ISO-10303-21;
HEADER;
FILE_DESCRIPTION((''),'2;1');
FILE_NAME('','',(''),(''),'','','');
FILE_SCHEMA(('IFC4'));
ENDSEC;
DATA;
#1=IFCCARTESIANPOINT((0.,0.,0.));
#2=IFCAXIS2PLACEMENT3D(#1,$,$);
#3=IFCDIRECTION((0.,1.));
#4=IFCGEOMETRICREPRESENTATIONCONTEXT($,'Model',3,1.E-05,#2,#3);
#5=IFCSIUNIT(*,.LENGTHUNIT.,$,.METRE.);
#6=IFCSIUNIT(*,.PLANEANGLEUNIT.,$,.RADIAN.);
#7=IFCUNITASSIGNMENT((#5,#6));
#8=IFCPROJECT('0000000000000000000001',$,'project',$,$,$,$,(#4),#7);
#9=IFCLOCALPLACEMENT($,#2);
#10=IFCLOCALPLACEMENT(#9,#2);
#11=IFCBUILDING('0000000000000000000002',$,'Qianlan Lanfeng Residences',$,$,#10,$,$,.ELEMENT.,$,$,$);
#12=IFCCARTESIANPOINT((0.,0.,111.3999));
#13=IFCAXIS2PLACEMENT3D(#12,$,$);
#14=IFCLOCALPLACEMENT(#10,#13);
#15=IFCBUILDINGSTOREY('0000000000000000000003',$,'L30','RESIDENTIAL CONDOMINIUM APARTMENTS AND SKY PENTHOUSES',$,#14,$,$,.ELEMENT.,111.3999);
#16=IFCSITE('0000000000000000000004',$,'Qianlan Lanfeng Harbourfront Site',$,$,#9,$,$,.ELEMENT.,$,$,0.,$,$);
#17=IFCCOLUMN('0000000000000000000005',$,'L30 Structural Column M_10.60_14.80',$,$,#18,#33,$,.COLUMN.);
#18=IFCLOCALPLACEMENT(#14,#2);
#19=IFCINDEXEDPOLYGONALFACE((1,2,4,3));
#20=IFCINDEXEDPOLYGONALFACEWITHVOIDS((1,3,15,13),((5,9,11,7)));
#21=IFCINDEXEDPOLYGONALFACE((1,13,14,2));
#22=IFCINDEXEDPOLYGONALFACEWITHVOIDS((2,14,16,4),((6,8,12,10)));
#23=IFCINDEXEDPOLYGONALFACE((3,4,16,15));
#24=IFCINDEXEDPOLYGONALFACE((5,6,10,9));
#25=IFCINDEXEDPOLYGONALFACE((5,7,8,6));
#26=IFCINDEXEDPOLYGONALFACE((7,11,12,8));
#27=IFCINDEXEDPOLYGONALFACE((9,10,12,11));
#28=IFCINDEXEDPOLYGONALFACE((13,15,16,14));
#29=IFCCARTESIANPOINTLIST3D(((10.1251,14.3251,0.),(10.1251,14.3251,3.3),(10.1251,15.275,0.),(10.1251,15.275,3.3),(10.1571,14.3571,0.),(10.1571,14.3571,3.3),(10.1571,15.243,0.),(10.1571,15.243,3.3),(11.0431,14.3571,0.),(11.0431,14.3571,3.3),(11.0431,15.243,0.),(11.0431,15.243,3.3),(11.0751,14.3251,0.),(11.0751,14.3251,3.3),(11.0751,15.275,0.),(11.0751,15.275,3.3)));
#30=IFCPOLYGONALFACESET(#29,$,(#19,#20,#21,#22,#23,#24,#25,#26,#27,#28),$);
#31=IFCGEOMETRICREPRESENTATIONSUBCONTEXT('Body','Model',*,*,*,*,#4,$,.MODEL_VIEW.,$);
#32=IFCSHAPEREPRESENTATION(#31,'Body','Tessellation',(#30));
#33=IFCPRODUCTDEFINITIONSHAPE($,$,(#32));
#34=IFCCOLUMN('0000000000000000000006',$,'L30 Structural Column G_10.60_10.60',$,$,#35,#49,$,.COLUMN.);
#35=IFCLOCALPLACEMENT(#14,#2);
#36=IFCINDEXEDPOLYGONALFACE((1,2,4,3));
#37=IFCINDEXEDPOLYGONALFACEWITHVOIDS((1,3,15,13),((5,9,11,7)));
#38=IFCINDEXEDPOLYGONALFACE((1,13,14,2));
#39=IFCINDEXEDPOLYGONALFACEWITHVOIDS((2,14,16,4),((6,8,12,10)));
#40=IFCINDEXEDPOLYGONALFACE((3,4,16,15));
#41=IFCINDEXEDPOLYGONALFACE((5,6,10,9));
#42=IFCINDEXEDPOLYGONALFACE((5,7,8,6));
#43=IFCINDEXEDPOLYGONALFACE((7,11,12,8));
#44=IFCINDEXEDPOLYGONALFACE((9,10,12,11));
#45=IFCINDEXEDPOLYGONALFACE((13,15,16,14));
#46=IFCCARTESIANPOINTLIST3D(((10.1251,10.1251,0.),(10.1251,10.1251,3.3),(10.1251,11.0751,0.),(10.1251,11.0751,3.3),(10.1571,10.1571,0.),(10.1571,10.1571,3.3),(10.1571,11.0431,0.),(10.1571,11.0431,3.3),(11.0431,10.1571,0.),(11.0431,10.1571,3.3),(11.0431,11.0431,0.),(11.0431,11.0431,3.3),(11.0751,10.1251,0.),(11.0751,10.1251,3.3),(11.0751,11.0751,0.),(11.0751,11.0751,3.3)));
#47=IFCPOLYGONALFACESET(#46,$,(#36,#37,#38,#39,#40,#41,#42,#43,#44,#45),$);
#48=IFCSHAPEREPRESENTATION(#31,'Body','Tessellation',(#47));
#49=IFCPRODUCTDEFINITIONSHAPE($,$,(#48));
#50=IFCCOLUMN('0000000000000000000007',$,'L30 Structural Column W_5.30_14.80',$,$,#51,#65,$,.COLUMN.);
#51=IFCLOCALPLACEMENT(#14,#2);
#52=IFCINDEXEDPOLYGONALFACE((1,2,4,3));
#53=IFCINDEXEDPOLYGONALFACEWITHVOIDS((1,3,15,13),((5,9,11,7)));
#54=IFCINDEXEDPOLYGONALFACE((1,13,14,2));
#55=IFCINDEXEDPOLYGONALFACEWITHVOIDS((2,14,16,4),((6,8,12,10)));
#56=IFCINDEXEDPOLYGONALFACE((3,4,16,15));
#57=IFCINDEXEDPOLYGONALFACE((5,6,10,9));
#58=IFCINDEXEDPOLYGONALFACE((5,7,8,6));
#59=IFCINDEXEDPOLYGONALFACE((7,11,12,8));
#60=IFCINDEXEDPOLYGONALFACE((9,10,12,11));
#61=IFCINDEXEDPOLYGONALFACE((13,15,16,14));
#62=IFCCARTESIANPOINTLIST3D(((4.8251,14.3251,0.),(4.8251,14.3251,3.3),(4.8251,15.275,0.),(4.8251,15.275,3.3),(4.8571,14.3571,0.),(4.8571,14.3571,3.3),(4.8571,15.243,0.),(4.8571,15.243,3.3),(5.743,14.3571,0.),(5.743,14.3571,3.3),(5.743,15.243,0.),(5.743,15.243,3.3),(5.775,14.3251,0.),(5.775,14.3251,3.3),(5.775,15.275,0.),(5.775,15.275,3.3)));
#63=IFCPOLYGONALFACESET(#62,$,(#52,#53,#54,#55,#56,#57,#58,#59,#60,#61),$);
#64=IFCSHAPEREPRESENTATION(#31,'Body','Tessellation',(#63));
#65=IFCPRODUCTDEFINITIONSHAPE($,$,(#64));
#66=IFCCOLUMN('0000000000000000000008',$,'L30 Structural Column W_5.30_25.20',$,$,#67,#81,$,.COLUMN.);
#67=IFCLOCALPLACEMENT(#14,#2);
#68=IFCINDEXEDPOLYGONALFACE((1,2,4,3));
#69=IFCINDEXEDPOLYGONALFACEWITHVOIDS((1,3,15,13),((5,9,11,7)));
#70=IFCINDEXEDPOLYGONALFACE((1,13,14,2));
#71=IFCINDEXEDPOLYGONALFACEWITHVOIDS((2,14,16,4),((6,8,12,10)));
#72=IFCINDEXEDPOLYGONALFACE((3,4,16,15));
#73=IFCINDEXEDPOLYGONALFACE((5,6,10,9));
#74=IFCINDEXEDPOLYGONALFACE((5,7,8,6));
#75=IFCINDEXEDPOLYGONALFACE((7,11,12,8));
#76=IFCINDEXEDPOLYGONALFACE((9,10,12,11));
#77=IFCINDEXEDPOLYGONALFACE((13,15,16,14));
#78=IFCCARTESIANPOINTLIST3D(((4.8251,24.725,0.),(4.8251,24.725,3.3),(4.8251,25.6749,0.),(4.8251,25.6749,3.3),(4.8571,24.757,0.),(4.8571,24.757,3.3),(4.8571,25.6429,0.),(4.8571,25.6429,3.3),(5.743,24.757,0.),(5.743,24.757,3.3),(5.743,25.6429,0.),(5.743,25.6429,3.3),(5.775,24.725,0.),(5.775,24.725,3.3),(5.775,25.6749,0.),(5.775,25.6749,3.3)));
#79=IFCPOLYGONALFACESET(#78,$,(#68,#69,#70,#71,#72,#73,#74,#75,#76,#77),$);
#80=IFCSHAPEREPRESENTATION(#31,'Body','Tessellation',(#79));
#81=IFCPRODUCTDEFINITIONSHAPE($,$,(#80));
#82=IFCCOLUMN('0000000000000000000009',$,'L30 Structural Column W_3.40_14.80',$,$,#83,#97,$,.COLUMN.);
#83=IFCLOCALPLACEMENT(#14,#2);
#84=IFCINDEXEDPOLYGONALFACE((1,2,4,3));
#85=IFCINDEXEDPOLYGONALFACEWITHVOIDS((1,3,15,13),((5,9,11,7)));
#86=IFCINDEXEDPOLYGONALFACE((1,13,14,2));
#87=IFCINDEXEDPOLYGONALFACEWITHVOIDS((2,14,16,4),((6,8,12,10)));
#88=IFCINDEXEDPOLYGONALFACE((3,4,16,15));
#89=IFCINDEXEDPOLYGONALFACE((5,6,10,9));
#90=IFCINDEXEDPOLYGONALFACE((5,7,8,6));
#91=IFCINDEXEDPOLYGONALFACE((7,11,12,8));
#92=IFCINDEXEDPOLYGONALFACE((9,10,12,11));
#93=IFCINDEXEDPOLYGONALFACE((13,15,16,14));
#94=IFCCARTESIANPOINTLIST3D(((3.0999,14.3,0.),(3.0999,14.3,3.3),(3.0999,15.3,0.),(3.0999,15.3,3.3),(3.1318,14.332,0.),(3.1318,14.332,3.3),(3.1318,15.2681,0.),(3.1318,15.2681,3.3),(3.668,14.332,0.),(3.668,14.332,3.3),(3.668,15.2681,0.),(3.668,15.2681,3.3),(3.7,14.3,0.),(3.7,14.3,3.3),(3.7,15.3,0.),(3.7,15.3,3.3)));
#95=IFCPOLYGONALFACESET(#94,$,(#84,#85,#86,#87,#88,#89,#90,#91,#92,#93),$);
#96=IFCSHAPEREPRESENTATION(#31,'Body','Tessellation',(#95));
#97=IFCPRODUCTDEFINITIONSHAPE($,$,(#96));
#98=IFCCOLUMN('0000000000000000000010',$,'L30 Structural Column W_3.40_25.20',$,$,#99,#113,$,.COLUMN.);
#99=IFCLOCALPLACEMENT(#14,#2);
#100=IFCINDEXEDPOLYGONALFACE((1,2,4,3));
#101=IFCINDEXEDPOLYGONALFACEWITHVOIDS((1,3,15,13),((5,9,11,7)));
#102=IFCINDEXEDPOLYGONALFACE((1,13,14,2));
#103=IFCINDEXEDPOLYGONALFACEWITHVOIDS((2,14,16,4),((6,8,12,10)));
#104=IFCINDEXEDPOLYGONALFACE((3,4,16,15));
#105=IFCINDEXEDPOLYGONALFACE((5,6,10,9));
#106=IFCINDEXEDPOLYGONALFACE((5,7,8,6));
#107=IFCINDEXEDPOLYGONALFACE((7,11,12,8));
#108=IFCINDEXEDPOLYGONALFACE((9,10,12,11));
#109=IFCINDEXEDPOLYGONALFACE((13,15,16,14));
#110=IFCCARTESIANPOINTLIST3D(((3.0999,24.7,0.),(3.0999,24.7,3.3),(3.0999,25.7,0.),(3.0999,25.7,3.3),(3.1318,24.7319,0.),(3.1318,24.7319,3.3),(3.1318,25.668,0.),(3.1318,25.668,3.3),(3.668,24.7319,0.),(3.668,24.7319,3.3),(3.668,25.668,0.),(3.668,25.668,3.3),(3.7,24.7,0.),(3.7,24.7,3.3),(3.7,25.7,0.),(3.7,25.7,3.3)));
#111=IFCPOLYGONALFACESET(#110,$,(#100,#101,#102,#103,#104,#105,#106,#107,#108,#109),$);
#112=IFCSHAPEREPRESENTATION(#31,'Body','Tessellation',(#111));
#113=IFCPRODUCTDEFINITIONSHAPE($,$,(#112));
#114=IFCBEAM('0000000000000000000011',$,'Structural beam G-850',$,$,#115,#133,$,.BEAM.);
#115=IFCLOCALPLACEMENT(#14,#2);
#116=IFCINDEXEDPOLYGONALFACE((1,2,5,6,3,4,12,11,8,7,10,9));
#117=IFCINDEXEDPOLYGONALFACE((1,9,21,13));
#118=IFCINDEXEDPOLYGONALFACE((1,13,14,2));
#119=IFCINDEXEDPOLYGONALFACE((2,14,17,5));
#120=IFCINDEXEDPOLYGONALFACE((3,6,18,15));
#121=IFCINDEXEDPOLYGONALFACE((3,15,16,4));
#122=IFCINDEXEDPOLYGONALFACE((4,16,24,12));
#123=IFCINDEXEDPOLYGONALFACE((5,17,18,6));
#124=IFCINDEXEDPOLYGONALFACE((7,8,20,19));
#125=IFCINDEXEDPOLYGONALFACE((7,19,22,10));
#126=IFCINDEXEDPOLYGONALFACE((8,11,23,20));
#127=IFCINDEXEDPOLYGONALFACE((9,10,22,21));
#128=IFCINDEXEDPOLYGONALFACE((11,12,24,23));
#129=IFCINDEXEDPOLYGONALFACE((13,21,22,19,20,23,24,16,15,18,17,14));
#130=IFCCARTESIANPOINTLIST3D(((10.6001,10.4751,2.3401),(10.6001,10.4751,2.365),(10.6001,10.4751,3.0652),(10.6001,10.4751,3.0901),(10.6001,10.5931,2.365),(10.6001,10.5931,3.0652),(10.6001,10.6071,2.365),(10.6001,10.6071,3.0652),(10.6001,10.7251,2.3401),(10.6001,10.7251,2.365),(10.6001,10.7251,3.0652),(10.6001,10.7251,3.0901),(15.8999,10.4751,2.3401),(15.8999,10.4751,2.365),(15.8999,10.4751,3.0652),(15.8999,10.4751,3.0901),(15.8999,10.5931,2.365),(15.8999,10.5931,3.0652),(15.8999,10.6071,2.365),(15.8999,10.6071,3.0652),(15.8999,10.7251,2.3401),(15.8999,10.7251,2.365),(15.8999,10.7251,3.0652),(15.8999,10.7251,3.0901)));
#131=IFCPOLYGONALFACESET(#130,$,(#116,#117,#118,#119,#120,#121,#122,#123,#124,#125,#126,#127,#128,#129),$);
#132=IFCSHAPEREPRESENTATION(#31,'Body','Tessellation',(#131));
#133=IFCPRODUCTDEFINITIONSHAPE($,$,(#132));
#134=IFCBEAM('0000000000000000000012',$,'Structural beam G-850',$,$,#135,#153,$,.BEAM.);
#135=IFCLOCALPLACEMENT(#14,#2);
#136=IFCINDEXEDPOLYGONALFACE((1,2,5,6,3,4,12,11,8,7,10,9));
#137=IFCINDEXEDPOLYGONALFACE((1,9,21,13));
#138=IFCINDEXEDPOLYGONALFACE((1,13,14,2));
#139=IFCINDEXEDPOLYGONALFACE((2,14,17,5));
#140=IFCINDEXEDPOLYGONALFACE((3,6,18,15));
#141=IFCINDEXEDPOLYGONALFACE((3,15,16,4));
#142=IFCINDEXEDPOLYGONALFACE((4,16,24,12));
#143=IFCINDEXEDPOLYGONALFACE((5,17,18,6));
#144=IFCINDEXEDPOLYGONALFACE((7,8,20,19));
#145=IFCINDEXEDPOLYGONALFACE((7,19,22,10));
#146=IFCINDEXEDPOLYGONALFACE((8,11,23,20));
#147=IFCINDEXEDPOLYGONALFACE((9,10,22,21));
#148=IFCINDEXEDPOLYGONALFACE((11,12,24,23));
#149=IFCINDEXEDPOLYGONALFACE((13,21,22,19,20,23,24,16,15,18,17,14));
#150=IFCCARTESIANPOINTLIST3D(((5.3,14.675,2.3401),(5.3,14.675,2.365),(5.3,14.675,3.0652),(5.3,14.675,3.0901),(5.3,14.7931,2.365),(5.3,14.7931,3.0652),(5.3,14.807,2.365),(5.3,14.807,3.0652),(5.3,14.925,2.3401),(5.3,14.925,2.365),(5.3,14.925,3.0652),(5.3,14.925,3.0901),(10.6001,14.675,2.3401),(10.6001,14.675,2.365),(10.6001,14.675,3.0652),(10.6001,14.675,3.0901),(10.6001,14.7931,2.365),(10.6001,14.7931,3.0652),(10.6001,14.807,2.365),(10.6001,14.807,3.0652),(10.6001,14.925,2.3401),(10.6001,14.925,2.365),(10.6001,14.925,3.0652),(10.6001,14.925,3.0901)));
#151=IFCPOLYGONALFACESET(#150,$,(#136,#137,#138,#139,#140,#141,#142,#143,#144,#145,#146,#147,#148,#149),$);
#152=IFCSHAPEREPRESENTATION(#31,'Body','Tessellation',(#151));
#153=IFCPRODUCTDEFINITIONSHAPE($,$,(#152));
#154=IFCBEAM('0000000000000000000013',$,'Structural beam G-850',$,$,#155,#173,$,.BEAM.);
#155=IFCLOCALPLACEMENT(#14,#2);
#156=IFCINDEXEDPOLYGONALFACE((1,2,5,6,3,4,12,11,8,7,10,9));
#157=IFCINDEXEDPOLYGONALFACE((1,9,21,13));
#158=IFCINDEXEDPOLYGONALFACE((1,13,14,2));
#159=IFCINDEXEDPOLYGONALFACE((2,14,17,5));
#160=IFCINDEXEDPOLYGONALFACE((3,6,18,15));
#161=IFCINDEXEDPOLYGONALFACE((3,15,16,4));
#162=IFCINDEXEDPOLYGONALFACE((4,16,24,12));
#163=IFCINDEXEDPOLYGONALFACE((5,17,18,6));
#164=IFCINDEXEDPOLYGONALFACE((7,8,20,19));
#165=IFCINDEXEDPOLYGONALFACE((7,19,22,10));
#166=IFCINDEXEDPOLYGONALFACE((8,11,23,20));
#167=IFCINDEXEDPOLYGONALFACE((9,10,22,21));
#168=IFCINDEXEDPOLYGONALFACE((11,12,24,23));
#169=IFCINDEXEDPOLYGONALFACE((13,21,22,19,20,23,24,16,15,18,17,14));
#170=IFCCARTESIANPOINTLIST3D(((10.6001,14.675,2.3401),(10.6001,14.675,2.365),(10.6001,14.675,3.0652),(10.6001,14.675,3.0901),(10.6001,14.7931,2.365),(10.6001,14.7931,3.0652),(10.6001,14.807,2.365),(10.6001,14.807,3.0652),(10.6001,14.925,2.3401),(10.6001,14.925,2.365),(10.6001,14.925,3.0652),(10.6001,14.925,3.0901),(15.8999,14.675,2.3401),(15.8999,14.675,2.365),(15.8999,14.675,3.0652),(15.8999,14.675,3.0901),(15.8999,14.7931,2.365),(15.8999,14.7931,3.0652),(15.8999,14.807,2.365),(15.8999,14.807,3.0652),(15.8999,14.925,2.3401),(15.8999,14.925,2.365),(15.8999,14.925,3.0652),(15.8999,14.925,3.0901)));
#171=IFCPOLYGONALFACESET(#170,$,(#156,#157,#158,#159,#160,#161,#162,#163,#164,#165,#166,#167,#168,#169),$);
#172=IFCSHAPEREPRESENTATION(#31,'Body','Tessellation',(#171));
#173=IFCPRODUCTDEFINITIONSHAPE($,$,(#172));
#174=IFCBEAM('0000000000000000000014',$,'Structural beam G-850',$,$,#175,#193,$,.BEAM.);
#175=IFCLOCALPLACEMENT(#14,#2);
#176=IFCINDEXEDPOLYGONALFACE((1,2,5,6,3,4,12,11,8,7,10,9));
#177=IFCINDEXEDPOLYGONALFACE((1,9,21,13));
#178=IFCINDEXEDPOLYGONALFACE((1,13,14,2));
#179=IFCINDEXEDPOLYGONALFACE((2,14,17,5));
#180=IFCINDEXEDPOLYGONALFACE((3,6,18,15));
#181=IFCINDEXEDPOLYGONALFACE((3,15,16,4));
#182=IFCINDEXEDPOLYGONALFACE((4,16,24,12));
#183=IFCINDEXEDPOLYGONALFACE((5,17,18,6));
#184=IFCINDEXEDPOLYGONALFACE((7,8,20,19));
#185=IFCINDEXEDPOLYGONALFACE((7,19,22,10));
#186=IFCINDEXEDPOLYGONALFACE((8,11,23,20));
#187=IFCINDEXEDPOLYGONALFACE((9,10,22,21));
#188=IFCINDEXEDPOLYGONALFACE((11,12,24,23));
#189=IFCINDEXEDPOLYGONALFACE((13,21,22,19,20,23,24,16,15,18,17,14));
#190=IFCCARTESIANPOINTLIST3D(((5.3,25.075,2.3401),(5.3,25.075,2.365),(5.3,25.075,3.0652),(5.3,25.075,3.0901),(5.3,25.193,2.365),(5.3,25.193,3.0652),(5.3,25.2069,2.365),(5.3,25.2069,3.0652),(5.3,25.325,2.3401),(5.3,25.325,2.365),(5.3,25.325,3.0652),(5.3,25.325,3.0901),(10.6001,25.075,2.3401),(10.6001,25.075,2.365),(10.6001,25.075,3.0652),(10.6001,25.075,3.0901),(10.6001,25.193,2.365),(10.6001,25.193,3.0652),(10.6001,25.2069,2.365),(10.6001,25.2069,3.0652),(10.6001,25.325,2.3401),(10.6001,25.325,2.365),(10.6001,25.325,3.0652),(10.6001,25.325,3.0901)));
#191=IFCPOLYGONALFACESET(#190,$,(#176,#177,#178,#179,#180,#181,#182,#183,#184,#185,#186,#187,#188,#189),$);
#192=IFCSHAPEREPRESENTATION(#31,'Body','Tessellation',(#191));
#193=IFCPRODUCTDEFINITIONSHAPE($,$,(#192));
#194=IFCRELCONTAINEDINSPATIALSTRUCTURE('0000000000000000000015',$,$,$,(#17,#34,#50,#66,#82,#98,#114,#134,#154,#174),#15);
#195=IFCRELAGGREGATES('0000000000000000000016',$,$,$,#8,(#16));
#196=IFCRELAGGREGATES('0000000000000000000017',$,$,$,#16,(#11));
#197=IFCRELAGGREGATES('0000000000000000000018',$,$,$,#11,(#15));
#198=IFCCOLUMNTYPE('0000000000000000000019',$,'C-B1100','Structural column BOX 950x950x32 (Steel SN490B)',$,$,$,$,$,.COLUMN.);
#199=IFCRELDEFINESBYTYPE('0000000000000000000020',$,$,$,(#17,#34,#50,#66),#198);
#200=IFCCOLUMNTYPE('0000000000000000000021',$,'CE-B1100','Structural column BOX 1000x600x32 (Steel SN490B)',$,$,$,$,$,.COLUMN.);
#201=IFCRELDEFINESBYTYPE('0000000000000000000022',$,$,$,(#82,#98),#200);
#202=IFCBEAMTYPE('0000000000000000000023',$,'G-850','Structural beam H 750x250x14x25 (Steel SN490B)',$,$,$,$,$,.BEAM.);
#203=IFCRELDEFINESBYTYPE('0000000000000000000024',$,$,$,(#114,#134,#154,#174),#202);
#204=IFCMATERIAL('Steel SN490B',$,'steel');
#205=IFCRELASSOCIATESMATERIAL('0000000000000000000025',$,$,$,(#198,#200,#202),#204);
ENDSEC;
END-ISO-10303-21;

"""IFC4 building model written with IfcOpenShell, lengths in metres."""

from ifc_helpers import new_model, si_unit, direction, frame, origin, origin_2d, place, context, subcontext, project, spatial, hollow_rectangle, i_section, extrude, material, material_profile, profile_set, type_object, element, save


model = new_model("IFC4")

# Units and contexts
model_context = context("Model", 3, precision=1e-05, world=origin(), true_north=direction((0.0, 1.0)))
body_context = subcontext(model_context, "Body", "Model", "MODEL_VIEW")
ifc_project = project(units=[si_unit("LENGTHUNIT", "METRE"), si_unit("PLANEANGLEUNIT", "RADIAN")], contexts=[model_context])

# Site, building, storey
site_placement = place(None, origin())
site = spatial("IfcSite", under=ifc_project, at=site_placement, Name="Qianlan Lanfeng Harbourfront Site", CompositionType="ELEMENT", RefElevation=0.0)
building_placement = place(site_placement, origin())
building = spatial("IfcBuilding", under=site, at=building_placement, Name="Qianlan Lanfeng Residences", CompositionType="ELEMENT")
storey_placement = place(building_placement, frame((0.0, 0.0, 111.3999)))
storey = spatial("IfcBuildingStorey", under=building, at=storey_placement, Name="L30", Description="RESIDENTIAL CONDOMINIUM APARTMENTS AND SKY PENTHOUSES", CompositionType="ELEMENT", Elevation=111.3999)

# Columns
ifc_material_1 = material(Name="Steel SN490B", Category="steel")
ifc_material_profile_1 = material_profile(ifc_material_1, hollow_rectangle(XDim=0.95, YDim=0.95, WallThickness=0.032, at=origin_2d()), Name="BOX 950x950x32")
ifc_profile_set_1 = profile_set([ifc_material_profile_1], Name="Steel SN490B")
column_type_1 = type_object("IfcColumnType", Name="C-B1100", Description="Structural column BOX 950x950x32 (Steel SN490B)", PredefinedType="COLUMN", material=ifc_profile_set_1)
for number, where, z_axis, x_axis, name in (
    (1, (10.6001, 14.8, 0.0), (0.0, 0.0, 1.0), (1.0, 0.0, 0.0), "L30 Structural Column M_10.60_14.80"),
    (2, (10.6001, 10.6001, 0.0), (0.0, 0.0, 1.0), (1.0, 0.0, 0.0), "L30 Structural Column G_10.60_10.60"),
    (3, (5.3, 14.8, 0.0), (0.0, 0.0, 1.0), (1.0, 0.0, 0.0), "L30 Structural Column W_5.30_14.80"),
    (4, (5.3, 25.2, 0.0), (0.0, 0.0, 1.0), (1.0, 0.0, 0.0), "L30 Structural Column W_5.30_25.20"),
):
    element("IfcColumn", number, at=place(storey_placement, frame(where, z_axis=z_axis, x_axis=x_axis)), inside=storey, type_object=column_type_1, Name=name, PredefinedType="COLUMN", context=body_context, shape_type="SweptSolid", body=[
        extrude(hollow_rectangle(XDim=0.95, YDim=0.95, WallThickness=0.032, at=origin_2d()), origin(), (0.0, 0.0, 1.0), 3.3),
    ])
ifc_material_profile_2 = material_profile(ifc_material_1, hollow_rectangle(XDim=0.6001, YDim=1.0, WallThickness=0.032, at=origin_2d()), Name="BOX 1000x600x32")
ifc_profile_set_2 = profile_set([ifc_material_profile_2], Name="Steel SN490B")
column_type_2 = type_object("IfcColumnType", Name="CE-B1100", Description="Structural column BOX 1000x600x32 (Steel SN490B)", PredefinedType="COLUMN", material=ifc_profile_set_2)
for number, where, z_axis, x_axis, name in (
    (5, (3.3999, 14.8, 0.0), (0.0, 0.0, 1.0), (1.0, 0.0, 0.0), "L30 Structural Column W_3.40_14.80"),
    (6, (3.3999, 25.2, 0.0), (0.0, 0.0, 1.0), (1.0, 0.0, 0.0), "L30 Structural Column W_3.40_25.20"),
):
    element("IfcColumn", number, at=place(storey_placement, frame(where, z_axis=z_axis, x_axis=x_axis)), inside=storey, type_object=column_type_2, Name=name, PredefinedType="COLUMN", context=body_context, shape_type="SweptSolid", body=[
        extrude(hollow_rectangle(XDim=0.6001, YDim=1.0, WallThickness=0.032, at=origin_2d()), origin(), (0.0, 0.0, 1.0), 3.3),
    ])

# Beams
ifc_material_profile_3 = material_profile(ifc_material_1, i_section(OverallWidth=0.25, OverallDepth=0.75, WebThickness=0.0139, FlangeThickness=0.0249, at=origin_2d()), Name="H 750x250x14x25")
ifc_profile_set_3 = profile_set([ifc_material_profile_3], Name="Steel SN490B")
beam_type_1 = type_object("IfcBeamType", Name="G-850", Description="Structural beam H 750x250x14x25 (Steel SN490B)", PredefinedType="BEAM", material=ifc_profile_set_3)
beam_1_placement = place(storey_placement, frame((10.6001, 10.6001, 2.7151), z_axis=(1.0, 0.0, 0.0), x_axis=(0.0, 1.0, 0.0)))
element("IfcBeam", 7, at=beam_1_placement, inside=storey, type_object=beam_type_1, Name="Structural beam G-850", PredefinedType="BEAM", context=body_context, shape_type="SweptSolid", body=[
    extrude(i_section(OverallWidth=0.25, OverallDepth=0.75, WebThickness=0.0139, FlangeThickness=0.0249, at=origin_2d()), origin(), (0.0, 0.0, 1.0), 5.2998),
])
beam_2_placement = place(storey_placement, frame((5.3, 14.8, 2.7151), z_axis=(1.0, 0.0, 0.0), x_axis=(0.0, 1.0, 0.0)))
element("IfcBeam", 8, at=beam_2_placement, inside=storey, type_object=beam_type_1, Name="Structural beam G-850", PredefinedType="BEAM", context=body_context, shape_type="SweptSolid", body=[
    extrude(i_section(OverallWidth=0.25, OverallDepth=0.75, WebThickness=0.0139, FlangeThickness=0.0249, at=origin_2d()), origin(), (0.0, 0.0, 1.0), 5.3),
])
beam_3_placement = place(storey_placement, frame((10.6001, 14.8, 2.7151), z_axis=(1.0, 0.0, 0.0), x_axis=(0.0, 1.0, 0.0)))
element("IfcBeam", 9, at=beam_3_placement, inside=storey, type_object=beam_type_1, Name="Structural beam G-850", PredefinedType="BEAM", context=body_context, shape_type="SweptSolid", body=[
    extrude(i_section(OverallWidth=0.25, OverallDepth=0.75, WebThickness=0.0139, FlangeThickness=0.0249, at=origin_2d()), origin(), (0.0, 0.0, 1.0), 5.2998),
])
beam_4_placement = place(storey_placement, frame((5.3, 25.2, 2.7151), z_axis=(1.0, 0.0, 0.0), x_axis=(0.0, 1.0, 0.0)))
element("IfcBeam", 10, at=beam_4_placement, inside=storey, type_object=beam_type_1, Name="Structural beam G-850", PredefinedType="BEAM", context=body_context, shape_type="SweptSolid", body=[
    extrude(i_section(OverallWidth=0.25, OverallDepth=0.75, WebThickness=0.0139, FlangeThickness=0.0249, at=origin_2d()), origin(), (0.0, 0.0, 1.0), 5.3),
])

save(model, "model.ifc")
